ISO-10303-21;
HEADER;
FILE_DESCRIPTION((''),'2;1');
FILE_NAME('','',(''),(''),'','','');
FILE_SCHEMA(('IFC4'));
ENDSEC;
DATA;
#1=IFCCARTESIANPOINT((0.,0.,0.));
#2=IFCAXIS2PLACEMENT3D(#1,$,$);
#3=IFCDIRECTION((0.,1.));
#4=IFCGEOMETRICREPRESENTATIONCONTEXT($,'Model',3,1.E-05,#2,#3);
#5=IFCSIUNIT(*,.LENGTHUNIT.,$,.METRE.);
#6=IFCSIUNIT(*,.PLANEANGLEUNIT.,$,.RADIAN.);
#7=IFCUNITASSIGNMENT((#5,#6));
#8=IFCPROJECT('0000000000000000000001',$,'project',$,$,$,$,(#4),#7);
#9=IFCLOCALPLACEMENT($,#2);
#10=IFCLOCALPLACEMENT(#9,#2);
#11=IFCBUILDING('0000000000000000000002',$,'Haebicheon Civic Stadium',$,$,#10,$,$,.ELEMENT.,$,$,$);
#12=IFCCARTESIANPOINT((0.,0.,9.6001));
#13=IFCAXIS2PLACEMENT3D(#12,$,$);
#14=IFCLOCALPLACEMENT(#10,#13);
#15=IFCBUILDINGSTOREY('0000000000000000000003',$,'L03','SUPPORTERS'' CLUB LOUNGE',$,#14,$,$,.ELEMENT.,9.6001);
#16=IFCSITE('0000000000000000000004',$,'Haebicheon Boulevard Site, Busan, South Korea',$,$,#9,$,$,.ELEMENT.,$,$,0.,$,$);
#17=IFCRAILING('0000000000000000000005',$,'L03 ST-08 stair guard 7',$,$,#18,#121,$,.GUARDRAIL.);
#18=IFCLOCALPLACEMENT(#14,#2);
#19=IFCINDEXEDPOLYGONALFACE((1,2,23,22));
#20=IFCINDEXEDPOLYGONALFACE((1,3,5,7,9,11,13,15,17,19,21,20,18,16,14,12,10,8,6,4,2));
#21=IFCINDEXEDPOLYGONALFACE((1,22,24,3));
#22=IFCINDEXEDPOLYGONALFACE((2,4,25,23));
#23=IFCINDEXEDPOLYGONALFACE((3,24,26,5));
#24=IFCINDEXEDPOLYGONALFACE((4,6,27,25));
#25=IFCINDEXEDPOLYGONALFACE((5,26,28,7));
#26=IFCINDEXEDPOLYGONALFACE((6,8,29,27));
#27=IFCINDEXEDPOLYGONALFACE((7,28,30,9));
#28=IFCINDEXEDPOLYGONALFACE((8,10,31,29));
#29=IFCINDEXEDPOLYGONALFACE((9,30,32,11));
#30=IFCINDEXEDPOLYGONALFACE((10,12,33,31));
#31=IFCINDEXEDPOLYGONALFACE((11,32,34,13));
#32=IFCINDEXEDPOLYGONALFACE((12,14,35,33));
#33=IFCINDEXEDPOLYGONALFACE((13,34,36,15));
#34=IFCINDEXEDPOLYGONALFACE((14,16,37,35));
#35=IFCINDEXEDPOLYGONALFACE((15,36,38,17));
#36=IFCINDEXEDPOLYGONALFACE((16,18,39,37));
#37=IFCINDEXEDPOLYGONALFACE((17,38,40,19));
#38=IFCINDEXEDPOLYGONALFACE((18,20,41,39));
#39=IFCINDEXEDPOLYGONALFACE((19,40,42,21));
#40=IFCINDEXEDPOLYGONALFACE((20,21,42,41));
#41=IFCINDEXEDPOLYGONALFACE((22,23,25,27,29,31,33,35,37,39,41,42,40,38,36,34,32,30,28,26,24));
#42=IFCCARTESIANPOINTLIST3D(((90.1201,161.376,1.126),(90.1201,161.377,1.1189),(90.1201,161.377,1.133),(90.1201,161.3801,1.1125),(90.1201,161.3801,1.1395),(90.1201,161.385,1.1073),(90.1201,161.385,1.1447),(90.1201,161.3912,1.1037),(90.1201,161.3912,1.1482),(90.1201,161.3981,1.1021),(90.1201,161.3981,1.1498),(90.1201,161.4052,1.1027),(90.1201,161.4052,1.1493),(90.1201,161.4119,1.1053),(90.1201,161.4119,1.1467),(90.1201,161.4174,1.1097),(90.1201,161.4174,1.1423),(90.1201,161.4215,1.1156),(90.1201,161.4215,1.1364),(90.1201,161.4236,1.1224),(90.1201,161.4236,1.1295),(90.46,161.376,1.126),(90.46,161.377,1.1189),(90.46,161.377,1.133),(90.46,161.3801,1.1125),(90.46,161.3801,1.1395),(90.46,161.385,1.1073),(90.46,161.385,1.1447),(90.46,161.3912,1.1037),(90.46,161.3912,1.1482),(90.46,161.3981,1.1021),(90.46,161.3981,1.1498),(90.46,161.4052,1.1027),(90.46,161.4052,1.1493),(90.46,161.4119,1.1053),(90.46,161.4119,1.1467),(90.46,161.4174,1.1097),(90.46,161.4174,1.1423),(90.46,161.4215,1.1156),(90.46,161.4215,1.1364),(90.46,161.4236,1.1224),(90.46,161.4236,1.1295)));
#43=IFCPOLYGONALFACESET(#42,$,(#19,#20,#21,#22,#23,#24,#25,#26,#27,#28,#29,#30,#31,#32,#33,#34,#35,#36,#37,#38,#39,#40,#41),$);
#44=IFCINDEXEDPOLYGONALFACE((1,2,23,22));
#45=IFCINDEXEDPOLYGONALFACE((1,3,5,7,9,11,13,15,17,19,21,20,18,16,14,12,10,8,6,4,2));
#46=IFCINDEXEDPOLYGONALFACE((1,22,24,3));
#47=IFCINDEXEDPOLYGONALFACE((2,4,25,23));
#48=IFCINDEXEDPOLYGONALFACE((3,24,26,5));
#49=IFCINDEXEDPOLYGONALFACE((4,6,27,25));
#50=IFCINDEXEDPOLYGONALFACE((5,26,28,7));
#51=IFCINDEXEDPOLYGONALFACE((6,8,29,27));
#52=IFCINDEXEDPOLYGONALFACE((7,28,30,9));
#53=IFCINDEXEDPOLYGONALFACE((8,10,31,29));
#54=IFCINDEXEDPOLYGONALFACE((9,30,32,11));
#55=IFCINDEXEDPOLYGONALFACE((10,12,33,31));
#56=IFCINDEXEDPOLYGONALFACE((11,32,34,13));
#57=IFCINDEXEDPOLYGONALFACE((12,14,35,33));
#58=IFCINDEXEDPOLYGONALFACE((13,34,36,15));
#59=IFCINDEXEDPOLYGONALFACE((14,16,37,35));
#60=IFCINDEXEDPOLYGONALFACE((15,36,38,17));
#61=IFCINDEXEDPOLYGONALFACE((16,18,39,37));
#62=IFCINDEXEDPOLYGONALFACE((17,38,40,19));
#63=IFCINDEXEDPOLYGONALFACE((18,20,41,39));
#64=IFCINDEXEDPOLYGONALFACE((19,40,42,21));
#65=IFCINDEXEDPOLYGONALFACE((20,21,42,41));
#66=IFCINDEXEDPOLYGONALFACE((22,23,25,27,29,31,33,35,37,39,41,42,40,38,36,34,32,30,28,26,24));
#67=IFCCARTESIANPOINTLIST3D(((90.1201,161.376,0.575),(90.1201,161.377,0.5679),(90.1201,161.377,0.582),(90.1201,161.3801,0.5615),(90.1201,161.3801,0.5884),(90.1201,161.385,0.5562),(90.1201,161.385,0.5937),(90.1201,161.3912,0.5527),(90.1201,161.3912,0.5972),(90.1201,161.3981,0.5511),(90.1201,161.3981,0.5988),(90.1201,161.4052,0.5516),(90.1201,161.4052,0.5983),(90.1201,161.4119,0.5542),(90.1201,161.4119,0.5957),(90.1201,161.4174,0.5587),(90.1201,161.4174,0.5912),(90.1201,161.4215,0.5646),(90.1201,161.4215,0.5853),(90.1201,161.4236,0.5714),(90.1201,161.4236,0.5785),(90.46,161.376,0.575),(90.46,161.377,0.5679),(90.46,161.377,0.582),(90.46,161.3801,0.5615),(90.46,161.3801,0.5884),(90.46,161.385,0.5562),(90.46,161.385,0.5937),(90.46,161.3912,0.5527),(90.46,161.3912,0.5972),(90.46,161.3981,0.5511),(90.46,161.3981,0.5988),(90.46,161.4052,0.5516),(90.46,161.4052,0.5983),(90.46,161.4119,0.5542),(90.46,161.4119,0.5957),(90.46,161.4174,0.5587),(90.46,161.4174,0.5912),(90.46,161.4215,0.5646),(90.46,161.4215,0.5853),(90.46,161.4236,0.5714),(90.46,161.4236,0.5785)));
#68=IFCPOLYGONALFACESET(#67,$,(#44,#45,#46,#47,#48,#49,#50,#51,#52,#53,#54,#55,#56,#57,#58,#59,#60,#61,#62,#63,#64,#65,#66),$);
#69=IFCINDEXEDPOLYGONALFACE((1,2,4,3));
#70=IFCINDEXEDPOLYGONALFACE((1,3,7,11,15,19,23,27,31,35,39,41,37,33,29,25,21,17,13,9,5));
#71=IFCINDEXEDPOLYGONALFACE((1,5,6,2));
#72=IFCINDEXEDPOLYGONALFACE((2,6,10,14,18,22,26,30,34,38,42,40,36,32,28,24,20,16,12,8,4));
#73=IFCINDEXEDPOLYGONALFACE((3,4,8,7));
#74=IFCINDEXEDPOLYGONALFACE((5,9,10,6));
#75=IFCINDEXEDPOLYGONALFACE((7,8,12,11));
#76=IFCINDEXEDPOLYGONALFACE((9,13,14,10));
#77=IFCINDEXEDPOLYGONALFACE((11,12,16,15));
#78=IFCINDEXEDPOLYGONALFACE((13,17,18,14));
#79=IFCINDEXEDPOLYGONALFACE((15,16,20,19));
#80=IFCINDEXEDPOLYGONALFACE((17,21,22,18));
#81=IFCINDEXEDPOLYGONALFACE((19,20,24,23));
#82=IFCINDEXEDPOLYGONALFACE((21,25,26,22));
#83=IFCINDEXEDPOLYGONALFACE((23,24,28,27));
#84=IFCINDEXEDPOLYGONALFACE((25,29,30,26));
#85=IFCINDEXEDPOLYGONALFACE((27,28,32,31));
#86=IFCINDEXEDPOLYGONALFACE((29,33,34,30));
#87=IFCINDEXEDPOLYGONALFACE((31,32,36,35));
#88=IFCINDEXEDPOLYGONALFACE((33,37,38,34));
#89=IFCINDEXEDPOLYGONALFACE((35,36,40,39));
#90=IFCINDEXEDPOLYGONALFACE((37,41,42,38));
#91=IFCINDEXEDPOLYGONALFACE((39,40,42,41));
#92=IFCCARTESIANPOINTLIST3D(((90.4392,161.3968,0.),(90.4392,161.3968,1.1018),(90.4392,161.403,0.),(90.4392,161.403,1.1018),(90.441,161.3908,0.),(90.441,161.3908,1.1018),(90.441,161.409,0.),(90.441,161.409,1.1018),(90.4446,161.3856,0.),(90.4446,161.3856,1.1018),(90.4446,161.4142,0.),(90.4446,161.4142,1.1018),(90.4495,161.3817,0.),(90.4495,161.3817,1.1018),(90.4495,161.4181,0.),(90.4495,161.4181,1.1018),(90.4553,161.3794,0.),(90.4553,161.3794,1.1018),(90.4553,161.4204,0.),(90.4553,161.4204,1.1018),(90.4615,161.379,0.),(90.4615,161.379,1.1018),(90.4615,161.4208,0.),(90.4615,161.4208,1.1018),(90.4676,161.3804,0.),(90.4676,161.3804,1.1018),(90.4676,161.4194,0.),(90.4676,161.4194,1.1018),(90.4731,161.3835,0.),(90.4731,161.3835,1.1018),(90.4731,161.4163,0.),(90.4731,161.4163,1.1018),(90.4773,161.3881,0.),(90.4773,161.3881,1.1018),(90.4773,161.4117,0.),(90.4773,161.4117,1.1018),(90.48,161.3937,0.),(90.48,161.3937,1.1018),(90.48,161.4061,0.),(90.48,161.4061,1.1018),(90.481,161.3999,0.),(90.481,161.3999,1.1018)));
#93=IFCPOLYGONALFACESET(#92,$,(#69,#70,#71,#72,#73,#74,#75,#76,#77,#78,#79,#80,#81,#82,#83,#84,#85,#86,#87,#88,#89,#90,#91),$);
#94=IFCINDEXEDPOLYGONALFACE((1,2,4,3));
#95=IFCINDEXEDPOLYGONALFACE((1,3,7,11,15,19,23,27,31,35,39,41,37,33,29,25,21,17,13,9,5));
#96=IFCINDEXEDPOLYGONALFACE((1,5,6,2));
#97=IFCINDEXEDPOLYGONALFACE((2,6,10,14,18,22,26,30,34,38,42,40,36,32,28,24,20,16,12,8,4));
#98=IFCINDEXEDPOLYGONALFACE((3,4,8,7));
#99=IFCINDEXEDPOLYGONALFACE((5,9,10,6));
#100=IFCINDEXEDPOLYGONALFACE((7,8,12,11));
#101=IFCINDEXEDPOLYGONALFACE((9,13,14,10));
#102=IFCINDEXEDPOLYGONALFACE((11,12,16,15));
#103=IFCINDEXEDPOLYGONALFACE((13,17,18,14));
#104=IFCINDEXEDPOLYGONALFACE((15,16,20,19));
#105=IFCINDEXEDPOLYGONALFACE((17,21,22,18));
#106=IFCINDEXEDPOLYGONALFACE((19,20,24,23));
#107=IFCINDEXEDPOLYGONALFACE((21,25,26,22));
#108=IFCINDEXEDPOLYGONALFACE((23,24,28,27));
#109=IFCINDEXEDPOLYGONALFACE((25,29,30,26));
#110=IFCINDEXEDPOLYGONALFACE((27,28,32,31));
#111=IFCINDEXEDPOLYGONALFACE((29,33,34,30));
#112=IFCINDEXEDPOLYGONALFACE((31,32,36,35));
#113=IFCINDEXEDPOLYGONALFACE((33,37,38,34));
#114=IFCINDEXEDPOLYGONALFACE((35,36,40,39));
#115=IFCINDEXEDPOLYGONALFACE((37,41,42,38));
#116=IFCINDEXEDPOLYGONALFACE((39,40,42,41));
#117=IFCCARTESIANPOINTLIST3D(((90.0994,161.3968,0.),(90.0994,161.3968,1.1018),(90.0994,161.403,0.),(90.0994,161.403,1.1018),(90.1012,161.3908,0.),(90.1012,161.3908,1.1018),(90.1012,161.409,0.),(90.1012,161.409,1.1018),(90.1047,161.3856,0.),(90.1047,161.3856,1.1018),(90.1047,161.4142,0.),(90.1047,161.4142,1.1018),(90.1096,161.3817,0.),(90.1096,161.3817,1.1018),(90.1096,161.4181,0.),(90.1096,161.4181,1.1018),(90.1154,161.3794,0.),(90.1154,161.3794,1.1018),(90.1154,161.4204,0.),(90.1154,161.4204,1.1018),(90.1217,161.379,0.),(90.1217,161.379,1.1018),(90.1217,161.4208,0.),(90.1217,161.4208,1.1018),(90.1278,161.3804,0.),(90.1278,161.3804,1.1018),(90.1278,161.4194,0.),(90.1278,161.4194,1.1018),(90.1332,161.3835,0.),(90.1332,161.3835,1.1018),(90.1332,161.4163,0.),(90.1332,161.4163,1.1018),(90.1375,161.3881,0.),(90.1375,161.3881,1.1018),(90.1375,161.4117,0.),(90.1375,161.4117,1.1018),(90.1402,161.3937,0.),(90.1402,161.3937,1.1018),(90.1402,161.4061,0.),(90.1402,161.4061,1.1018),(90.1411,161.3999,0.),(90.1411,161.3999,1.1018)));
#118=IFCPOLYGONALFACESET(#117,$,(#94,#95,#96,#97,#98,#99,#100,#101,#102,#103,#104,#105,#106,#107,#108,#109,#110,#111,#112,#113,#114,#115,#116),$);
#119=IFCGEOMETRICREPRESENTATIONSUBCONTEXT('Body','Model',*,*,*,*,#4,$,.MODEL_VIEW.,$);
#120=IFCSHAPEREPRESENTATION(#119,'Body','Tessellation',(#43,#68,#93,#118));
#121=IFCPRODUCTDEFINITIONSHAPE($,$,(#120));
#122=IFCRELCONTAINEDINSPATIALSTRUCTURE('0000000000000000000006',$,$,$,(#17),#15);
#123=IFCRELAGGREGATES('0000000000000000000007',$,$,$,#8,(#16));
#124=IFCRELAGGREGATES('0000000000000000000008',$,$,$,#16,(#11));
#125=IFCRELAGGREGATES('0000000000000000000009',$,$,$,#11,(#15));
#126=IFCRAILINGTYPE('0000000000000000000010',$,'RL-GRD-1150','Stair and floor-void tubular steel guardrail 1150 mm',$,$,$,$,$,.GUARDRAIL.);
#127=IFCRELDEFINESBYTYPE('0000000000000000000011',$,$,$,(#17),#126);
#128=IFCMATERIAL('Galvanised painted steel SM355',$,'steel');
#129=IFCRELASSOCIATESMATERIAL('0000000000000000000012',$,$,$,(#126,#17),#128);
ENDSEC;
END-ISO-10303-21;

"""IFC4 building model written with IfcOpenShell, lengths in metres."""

from ifc_helpers import new_model, si_unit, direction, frame, origin, origin_2d, place, context, subcontext, project, spatial, circle, extrude, material, type_object, element, save


model = new_model("IFC4")

# Units and contexts
model_context = context("Model", 3, precision=1e-05, world=origin(), true_north=direction((0.0, 1.0)))
body_context = subcontext(model_context, "Body", "Model", "MODEL_VIEW")
ifc_project = project(units=[si_unit("LENGTHUNIT", "METRE"), si_unit("PLANEANGLEUNIT", "RADIAN")], contexts=[model_context])

# Site, building, storey
site_placement = place(None, origin())
site = spatial("IfcSite", under=ifc_project, at=site_placement, Name="Haebicheon Boulevard Site, Busan, South Korea", CompositionType="ELEMENT", RefElevation=0.0)
building_placement = place(site_placement, origin())
building = spatial("IfcBuilding", under=site, at=building_placement, Name="Haebicheon Civic Stadium", CompositionType="ELEMENT")
storey_placement = place(building_placement, frame((0.0, 0.0, 9.6001)))
storey = spatial("IfcBuildingStorey", under=building, at=storey_placement, Name="L03", Description="SUPPORTERS' CLUB LOUNGE", CompositionType="ELEMENT", Elevation=9.6001)

# Railing
ifc_material_1 = material(Name="Galvanised painted steel SM355", Category="steel")
railing_type_1 = type_object("IfcRailingType", Name="RL-GRD-1150", Description="Stair and floor-void tubular steel guardrail 1150 mm", PredefinedType="GUARDRAIL", material=ifc_material_1)
railing_1_placement = place(storey_placement, frame((90.46, 161.3999, 0.0)))
element("IfcRailing", 1, at=railing_1_placement, inside=storey, type_object=railing_type_1, material=ifc_material_1, Name="L03 ST-08 stair guard 7", PredefinedType="GUARDRAIL", context=body_context, shape_type="SweptSolid", body=[
    extrude(circle(Radius=0.0239, at=origin_2d()), frame((0.0, 0.0, 1.126), z_axis=(-1.0, 0.0, 0.0), x_axis=(0.0, -1.0, 0.0)), (0.0, 0.0, 1.0), 0.3398),
    extrude(circle(Radius=0.0239, at=origin_2d()), frame((0.0, 0.0, 0.575), z_axis=(-1.0, 0.0, 0.0), x_axis=(0.0, -1.0, 0.0)), (0.0, 0.0, 1.0), 0.3398),
    extrude(circle(Radius=0.021, at=origin_2d()), origin(), (0.0, 0.0, 1.0), 1.1018),
    extrude(circle(Radius=0.021, at=origin_2d()), frame((-0.3398, 0.0, 0.0)), (0.0, 0.0, 1.0), 1.1018),
])

save(model, "model.ifc")
